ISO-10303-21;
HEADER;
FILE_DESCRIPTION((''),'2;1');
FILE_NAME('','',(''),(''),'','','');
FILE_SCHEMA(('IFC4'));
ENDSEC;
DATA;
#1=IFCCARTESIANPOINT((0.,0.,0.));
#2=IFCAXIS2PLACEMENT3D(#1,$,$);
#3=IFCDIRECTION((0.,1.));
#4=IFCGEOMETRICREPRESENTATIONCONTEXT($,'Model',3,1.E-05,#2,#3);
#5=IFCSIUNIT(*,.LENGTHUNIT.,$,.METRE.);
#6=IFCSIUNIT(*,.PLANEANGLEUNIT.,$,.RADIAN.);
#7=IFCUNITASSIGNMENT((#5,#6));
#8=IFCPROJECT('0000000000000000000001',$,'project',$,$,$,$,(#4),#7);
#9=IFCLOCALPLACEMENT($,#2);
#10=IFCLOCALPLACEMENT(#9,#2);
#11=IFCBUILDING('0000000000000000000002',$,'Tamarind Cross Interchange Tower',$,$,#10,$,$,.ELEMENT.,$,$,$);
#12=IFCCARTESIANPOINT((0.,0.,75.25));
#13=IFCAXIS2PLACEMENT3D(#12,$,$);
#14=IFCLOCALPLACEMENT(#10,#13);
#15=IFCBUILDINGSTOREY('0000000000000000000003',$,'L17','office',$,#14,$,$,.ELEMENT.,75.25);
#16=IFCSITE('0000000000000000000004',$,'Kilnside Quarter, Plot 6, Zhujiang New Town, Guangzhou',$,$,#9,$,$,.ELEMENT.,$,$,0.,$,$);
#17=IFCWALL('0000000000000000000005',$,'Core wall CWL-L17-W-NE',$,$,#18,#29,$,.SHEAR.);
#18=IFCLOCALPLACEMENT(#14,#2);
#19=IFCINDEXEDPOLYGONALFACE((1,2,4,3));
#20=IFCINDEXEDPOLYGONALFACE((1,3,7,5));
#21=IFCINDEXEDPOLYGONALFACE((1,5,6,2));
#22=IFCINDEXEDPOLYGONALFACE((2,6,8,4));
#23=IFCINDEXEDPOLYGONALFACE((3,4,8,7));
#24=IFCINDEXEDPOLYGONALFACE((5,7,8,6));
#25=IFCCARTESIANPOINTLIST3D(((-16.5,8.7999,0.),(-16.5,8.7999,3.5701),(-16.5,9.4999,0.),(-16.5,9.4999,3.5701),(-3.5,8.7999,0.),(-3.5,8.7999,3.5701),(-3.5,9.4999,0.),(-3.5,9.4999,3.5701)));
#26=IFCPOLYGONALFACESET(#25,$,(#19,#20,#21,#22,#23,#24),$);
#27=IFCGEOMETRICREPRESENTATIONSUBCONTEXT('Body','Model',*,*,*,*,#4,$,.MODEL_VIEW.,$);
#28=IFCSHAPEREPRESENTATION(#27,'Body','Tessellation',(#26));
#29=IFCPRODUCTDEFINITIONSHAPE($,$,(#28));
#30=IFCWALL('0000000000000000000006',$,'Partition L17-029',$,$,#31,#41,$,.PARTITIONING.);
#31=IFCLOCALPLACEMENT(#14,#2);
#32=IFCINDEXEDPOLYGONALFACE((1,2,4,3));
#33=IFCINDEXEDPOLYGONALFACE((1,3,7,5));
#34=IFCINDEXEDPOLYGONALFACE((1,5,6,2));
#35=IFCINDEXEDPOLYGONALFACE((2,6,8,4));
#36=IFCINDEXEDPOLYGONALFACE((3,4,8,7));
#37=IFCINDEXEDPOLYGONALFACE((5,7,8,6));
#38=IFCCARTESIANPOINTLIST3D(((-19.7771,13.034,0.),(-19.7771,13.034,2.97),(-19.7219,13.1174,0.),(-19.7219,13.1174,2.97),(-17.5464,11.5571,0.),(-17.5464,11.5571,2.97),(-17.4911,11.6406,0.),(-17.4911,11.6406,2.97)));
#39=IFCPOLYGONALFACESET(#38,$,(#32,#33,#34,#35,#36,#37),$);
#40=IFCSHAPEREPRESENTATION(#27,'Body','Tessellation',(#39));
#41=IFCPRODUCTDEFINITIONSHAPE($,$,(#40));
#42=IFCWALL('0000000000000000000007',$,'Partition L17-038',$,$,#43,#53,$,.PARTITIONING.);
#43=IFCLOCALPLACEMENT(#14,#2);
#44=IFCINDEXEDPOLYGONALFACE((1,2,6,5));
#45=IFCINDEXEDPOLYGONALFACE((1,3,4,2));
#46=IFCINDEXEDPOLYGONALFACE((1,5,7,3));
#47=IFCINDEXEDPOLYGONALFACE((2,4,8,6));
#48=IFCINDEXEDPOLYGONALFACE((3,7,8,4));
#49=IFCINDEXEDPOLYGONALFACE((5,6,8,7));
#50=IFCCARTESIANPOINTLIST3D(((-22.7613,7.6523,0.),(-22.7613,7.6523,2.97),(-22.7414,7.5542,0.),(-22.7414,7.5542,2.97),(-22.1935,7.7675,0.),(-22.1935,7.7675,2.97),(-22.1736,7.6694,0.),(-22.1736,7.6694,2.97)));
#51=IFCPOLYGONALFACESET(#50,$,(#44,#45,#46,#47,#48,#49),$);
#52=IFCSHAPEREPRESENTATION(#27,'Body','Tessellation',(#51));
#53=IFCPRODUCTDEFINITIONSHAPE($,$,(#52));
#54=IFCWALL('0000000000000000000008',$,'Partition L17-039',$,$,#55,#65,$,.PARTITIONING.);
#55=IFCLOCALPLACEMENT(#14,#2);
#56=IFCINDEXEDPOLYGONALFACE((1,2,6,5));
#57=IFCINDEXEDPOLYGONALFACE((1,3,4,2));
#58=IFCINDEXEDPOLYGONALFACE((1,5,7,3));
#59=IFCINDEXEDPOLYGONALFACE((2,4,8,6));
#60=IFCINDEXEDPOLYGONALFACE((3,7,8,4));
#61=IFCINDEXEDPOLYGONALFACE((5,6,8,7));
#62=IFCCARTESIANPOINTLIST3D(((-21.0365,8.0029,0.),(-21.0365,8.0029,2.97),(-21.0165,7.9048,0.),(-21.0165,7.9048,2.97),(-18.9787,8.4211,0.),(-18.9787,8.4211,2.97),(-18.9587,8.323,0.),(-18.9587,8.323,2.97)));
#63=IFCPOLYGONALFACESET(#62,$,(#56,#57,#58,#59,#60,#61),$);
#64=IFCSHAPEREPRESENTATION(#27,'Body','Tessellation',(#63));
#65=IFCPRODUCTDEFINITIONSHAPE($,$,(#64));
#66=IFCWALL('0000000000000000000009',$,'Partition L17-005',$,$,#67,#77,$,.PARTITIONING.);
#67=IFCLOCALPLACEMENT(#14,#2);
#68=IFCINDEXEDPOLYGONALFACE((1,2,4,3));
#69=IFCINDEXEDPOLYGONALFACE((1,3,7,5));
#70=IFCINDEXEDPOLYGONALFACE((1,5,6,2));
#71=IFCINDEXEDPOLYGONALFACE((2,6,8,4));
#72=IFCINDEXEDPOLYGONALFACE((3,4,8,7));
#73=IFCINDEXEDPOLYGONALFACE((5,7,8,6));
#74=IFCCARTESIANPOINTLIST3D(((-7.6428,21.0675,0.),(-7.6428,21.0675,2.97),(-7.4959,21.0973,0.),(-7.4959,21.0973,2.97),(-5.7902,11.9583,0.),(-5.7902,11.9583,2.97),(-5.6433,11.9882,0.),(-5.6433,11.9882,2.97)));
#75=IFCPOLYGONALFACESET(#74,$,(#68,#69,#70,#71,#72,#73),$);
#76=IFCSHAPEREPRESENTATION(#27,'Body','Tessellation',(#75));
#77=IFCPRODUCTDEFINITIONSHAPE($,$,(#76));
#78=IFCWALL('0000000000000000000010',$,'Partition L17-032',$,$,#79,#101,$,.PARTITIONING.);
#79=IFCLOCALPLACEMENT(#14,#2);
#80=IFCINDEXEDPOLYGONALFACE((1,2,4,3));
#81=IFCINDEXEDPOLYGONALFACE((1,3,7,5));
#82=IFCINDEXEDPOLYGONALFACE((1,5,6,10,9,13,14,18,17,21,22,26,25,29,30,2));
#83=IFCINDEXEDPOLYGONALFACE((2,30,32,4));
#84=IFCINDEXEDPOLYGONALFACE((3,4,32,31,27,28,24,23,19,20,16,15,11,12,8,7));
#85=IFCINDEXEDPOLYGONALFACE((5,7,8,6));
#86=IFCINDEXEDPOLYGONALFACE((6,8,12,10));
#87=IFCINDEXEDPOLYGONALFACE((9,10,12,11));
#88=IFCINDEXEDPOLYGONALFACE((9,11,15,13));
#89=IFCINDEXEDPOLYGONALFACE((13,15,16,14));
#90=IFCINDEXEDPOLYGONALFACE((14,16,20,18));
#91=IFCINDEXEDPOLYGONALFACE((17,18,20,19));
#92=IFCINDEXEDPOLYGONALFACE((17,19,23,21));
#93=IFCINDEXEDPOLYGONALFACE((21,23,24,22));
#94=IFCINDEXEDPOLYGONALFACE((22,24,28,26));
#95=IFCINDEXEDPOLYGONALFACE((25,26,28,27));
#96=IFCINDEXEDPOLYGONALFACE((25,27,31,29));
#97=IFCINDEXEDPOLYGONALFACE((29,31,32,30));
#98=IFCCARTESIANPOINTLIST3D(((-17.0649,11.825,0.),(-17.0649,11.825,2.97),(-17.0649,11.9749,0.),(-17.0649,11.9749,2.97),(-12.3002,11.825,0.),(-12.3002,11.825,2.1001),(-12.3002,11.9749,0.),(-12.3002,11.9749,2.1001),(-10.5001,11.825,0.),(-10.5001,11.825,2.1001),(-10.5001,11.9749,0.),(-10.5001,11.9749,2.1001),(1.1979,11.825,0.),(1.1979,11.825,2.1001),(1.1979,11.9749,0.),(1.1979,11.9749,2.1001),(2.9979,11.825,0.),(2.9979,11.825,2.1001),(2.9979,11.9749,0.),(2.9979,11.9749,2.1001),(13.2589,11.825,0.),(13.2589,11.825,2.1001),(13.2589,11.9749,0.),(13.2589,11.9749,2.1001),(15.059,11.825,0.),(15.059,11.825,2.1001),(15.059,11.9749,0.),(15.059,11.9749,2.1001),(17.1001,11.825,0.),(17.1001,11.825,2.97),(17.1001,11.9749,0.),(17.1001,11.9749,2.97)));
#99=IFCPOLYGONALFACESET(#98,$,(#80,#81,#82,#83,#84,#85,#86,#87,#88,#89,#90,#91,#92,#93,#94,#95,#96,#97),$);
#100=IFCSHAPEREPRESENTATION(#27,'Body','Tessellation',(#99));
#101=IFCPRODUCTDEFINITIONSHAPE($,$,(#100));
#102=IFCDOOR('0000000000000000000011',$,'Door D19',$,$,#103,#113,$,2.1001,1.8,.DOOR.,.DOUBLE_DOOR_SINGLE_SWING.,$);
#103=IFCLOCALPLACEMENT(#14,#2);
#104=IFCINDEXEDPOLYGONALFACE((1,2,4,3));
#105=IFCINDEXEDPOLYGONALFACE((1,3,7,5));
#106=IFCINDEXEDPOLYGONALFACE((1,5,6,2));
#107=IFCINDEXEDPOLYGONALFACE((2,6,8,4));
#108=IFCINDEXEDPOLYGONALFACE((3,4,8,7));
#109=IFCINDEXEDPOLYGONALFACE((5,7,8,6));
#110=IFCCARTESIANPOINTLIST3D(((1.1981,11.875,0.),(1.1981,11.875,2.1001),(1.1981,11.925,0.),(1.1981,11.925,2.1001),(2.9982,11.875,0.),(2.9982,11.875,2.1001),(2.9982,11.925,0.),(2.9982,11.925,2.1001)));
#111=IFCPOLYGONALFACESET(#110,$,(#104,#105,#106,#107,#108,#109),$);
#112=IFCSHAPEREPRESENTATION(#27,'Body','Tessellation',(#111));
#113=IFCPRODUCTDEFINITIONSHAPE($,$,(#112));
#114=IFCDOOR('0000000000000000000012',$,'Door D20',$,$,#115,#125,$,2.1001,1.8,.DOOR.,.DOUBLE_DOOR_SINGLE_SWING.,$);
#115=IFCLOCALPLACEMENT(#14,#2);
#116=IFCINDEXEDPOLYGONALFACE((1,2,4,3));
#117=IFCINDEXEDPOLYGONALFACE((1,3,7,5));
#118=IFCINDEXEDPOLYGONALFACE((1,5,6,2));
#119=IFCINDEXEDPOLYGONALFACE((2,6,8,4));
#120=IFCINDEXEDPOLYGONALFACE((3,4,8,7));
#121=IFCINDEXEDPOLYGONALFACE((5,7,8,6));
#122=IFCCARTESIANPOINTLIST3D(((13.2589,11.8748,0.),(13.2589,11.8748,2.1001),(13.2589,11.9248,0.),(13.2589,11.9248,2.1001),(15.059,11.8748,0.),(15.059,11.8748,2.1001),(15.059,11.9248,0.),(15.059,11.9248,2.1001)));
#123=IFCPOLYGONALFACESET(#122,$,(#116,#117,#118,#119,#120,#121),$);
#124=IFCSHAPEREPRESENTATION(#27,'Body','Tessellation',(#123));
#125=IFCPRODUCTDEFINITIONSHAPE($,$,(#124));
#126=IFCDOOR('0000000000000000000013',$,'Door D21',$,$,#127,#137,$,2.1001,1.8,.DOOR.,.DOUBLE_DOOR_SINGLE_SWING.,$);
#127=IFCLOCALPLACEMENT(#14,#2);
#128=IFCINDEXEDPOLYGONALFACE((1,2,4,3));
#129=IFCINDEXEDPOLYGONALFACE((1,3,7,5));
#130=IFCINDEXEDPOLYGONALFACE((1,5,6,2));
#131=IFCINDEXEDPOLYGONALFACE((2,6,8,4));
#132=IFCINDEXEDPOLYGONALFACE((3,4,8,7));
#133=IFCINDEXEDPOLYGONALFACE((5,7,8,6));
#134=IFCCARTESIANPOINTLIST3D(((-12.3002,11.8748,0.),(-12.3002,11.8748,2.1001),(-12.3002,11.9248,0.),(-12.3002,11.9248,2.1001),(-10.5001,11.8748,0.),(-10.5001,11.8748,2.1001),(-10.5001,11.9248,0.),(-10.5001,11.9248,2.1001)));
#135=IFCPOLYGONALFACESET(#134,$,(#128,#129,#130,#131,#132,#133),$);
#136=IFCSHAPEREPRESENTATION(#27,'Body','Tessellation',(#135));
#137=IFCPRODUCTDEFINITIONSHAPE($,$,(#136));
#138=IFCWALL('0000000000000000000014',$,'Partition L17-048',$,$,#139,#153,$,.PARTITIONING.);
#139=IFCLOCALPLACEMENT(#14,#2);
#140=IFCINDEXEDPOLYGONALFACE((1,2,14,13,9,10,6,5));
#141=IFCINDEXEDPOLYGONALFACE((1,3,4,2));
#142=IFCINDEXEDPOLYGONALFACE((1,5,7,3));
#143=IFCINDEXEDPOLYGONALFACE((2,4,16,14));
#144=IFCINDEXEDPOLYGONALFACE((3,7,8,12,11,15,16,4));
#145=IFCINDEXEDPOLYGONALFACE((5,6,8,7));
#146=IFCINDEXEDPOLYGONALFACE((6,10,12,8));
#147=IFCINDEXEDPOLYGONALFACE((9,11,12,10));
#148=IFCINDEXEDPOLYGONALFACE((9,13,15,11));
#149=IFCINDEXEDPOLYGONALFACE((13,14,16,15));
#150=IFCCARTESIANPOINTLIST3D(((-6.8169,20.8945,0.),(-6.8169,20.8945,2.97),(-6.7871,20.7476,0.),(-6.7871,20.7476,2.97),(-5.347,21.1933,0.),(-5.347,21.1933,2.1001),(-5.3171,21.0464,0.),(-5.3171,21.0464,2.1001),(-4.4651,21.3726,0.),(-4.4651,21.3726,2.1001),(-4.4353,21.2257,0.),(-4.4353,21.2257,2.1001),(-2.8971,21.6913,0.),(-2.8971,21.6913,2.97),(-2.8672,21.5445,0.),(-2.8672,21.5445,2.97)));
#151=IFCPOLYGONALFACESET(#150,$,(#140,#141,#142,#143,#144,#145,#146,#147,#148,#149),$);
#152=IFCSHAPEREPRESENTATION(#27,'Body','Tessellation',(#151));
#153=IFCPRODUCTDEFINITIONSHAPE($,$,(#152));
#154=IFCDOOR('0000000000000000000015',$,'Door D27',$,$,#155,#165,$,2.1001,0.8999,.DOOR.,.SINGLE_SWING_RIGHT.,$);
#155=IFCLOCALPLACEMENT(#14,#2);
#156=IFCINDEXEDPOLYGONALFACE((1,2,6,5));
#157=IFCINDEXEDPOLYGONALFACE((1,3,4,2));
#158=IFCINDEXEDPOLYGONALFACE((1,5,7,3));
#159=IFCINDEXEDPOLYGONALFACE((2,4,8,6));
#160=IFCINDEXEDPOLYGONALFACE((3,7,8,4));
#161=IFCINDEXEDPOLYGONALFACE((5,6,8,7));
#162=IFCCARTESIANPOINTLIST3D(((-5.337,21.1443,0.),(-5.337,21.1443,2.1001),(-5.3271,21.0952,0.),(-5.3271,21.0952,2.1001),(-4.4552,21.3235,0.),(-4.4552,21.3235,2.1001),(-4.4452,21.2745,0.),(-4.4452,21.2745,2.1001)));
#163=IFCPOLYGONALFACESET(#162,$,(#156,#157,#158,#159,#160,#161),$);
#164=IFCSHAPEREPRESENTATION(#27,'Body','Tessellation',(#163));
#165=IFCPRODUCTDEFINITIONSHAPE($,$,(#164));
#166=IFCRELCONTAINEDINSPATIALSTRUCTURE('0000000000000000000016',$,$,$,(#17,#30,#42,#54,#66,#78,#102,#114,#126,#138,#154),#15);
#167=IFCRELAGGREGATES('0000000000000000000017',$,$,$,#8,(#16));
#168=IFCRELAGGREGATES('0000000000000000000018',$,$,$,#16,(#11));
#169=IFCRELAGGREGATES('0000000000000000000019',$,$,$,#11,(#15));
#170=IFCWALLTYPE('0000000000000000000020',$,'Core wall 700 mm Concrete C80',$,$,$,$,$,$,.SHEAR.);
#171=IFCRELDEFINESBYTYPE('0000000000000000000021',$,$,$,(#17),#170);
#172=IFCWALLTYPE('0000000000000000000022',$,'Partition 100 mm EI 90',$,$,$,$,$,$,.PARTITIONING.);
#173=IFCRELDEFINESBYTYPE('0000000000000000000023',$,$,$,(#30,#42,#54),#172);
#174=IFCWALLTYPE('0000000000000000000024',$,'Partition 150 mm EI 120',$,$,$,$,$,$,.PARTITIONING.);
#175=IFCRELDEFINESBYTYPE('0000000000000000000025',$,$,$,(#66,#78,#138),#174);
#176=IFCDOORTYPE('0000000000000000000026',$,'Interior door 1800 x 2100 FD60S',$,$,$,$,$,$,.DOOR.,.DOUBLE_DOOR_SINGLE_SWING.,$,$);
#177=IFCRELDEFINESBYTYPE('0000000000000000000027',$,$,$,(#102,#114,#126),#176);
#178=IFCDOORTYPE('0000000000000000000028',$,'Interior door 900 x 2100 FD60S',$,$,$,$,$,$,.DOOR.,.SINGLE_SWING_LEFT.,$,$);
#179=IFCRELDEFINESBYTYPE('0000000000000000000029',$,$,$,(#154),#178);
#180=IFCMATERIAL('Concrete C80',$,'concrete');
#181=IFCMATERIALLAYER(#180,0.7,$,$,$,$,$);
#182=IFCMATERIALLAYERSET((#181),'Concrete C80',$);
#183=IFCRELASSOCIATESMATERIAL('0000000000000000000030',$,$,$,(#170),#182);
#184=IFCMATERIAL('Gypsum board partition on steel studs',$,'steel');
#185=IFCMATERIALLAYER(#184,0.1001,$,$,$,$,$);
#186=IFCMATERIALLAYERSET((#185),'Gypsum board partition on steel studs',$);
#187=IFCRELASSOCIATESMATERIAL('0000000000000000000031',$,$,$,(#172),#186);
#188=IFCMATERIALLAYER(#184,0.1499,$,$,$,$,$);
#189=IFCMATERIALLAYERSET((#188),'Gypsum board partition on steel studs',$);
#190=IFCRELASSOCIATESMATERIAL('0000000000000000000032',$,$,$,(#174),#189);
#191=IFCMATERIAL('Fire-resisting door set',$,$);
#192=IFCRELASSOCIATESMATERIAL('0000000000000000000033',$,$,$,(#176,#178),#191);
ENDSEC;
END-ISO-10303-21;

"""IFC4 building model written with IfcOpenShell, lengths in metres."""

from ifc_helpers import new_model, si_unit, direction, frame, frame_2d, origin, place, context, subcontext, project, spatial, rectangle, extrude, material, layer, layer_set, type_object, element, fill, save


model = new_model("IFC4")

# Units and contexts
model_context = context("Model", 3, precision=1e-05, world=origin(), true_north=direction((0.0, 1.0)))
body_context = subcontext(model_context, "Body", "Model", "MODEL_VIEW")
ifc_project = project(units=[si_unit("LENGTHUNIT", "METRE"), si_unit("PLANEANGLEUNIT", "RADIAN")], contexts=[model_context])

# Site, building, storey
site_placement = place(None, origin())
site = spatial("IfcSite", under=ifc_project, at=site_placement, Name="Kilnside Quarter, Plot 6, Zhujiang New Town, Guangzhou", CompositionType="ELEMENT", RefElevation=0.0)
building_placement = place(site_placement, origin())
building = spatial("IfcBuilding", under=site, at=building_placement, Name="Tamarind Cross Interchange Tower", CompositionType="ELEMENT")
storey_placement = place(building_placement, frame((0.0, 0.0, 75.25)))
storey = spatial("IfcBuildingStorey", under=building, at=storey_placement, Name="L17", Description="office", CompositionType="ELEMENT", Elevation=75.25)

# Walls
ifc_material_1 = material(Name="Concrete C80", Category="concrete")
ifc_layer_1 = layer(ifc_material_1, 0.7)
ifc_layer_set_1 = layer_set([ifc_layer_1], Name="Concrete C80")
wall_type_1 = type_object("IfcWallType", Name="Core wall 700 mm Concrete C80", PredefinedType="SHEAR", material=ifc_layer_set_1)
wall_1_placement = place(storey_placement, frame((-16.5, 9.1499, 0.0), z_axis=(0.0, 0.0, 1.0), x_axis=(1.0, 0.0, 0.0)))
element("IfcWall", 1, at=wall_1_placement, inside=storey, type_object=wall_type_1, Name="Core wall CWL-L17-W-NE", PredefinedType="SHEAR", context=body_context, shape_type="SweptSolid", body=[
    extrude(rectangle(XDim=13.0, YDim=0.7, at=frame_2d((6.5, 0.0))), origin(), (0.0, 0.0, 1.0), 3.5701),
])
ifc_material_2 = material(Name="Gypsum board partition on steel studs", Category="steel")
ifc_layer_2 = layer(ifc_material_2, 0.1001)
ifc_layer_set_2 = layer_set([ifc_layer_2], Name="Gypsum board partition on steel studs")
wall_type_2 = type_object("IfcWallType", Name="Partition 100 mm EI 90", PredefinedType="PARTITIONING", material=ifc_layer_set_2)
wall_2_placement = place(storey_placement, frame((-19.7495, 13.0757, 0.0), z_axis=(0.0, 0.0, 1.0), x_axis=(0.833829, -0.552023, 0.0)))
element("IfcWall", 2, at=wall_2_placement, inside=storey, type_object=wall_type_2, Name="Partition L17-029", PredefinedType="PARTITIONING", context=body_context, shape_type="SweptSolid", body=[
    extrude(rectangle(XDim=2.6753, YDim=0.1001, at=frame_2d((1.3376, 0.0))), origin(), (0.0, 0.0, 1.0), 2.97),
])
wall_3_placement = place(storey_placement, frame((-22.7512, 7.6033, 0.0), z_axis=(0.0, 0.0, 1.0), x_axis=(0.980026, 0.19887, 0.0)))
element("IfcWall", 3, at=wall_3_placement, inside=storey, type_object=wall_type_2, Name="Partition L17-038", PredefinedType="PARTITIONING", context=body_context, shape_type="SweptSolid", body=[
    extrude(rectangle(XDim=0.5793, YDim=0.1001, at=frame_2d((0.2896, 0.0))), origin(), (0.0, 0.0, 1.0), 2.97),
])
wall_4_placement = place(storey_placement, frame((-21.0264, 7.9539, 0.0), z_axis=(0.0, 0.0, 1.0), x_axis=(0.979968, 0.199156, 0.0)))
element("IfcWall", 4, at=wall_4_placement, inside=storey, type_object=wall_type_2, Name="Partition L17-039", PredefinedType="PARTITIONING", context=body_context, shape_type="SweptSolid", body=[
    extrude(rectangle(XDim=2.0999, YDim=0.1001, at=frame_2d((1.0498, 0.0))), origin(), (0.0, 0.0, 1.0), 2.97),
])
ifc_layer_3 = layer(ifc_material_2, 0.1499)
ifc_layer_set_3 = layer_set([ifc_layer_3], Name="Gypsum board partition on steel studs")
wall_type_3 = type_object("IfcWallType", Name="Partition 150 mm EI 120", PredefinedType="PARTITIONING", material=ifc_layer_set_3)
wall_5_placement = place(storey_placement, frame((-7.5693, 21.0825, 0.0), z_axis=(0.0, 0.0, 1.0), x_axis=(0.199292, -0.97994, 0.0)))
element("IfcWall", 5, at=wall_5_placement, inside=storey, type_object=wall_type_3, Name="Partition L17-005", PredefinedType="PARTITIONING", context=body_context, shape_type="SweptSolid", body=[
    extrude(rectangle(XDim=9.2957, YDim=0.1499, at=frame_2d((4.6479, 0.0))), origin(), (0.0, 0.0, 1.0), 2.97),
])

# Wall, openings, doors
wall_6_placement = place(storey_placement, frame((-17.0649, 11.8999, 0.0), z_axis=(0.0, 0.0, 1.0), x_axis=(1.0, 0.0, 0.0)))
wall_6 = element("IfcWall", 6, at=wall_6_placement, inside=storey, type_object=wall_type_3, Name="Partition L17-032", PredefinedType="PARTITIONING", context=body_context, shape_type="SweptSolid", body=[
    extrude(rectangle(XDim=34.165, YDim=0.1499, at=frame_2d((17.0825, 0.0))), origin(), (0.0, 0.0, 1.0), 2.97),
])
opening_1_placement = place(wall_6_placement, frame((18.2629, 0.0, 0.0)))
opening_1 = element("IfcOpeningElement", 7, at=opening_1_placement, cuts=wall_6, PredefinedType="OPENING", context=body_context, shape_type="SweptSolid", body=[
    extrude(rectangle(XDim=1.8, YDim=2.1001, at=frame_2d((0.8999, 1.05))), frame((0.0, 0.085, 0.0), z_axis=(0.0, -1.0, 0.0), x_axis=(1.0, 0.0, 0.0)), (0.0, 0.0, 1.0), 0.1699),
])
opening_2_placement = place(wall_6_placement, frame((30.324, 0.0, 0.0)))
opening_2 = element("IfcOpeningElement", 8, at=opening_2_placement, cuts=wall_6, PredefinedType="OPENING", context=body_context, shape_type="SweptSolid", body=[
    extrude(rectangle(XDim=1.8, YDim=2.1001, at=frame_2d((0.8999, 1.05))), frame((0.0, 0.085, 0.0), z_axis=(0.0, -1.0, 0.0), x_axis=(1.0, 0.0, 0.0)), (0.0, 0.0, 1.0), 0.1699),
])
opening_3_placement = place(wall_6_placement, frame((4.7649, 0.0, 0.0)))
opening_3 = element("IfcOpeningElement", 9, at=opening_3_placement, cuts=wall_6, PredefinedType="OPENING", context=body_context, shape_type="SweptSolid", body=[
    extrude(rectangle(XDim=1.8, YDim=2.1001, at=frame_2d((0.8999, 1.05))), frame((0.0, 0.085, 0.0), z_axis=(0.0, -1.0, 0.0), x_axis=(1.0, 0.0, 0.0)), (0.0, 0.0, 1.0), 0.1699),
])
ifc_material_3 = material(Name="Fire-resisting door set")
door_type_1 = type_object("IfcDoorType", Name="Interior door 1800 x 2100 FD60S", OperationType="DOUBLE_DOOR_SINGLE_SWING", PredefinedType="DOOR", material=ifc_material_3)
door_1_placement = place(opening_1_placement, frame((1.8, 0.0, 0.0), z_axis=(0.0, 0.0, 1.0), x_axis=(-1.0, 0.0, 0.0)))
door_1 = element("IfcDoor", 10, at=door_1_placement, inside=storey, type_object=door_type_1, Name="Door D19", OperationType="DOUBLE_DOOR_SINGLE_SWING", OverallHeight=2.1001, OverallWidth=1.8, PredefinedType="DOOR", context=body_context, shape_type="SweptSolid", body=[
    extrude(rectangle(XDim=1.8, YDim=2.1001, at=frame_2d((0.8999, 1.05))), frame((0.0, 0.0249, 0.0), z_axis=(0.0, -1.0, 0.0), x_axis=(1.0, 0.0, 0.0)), (0.0, 0.0, 1.0), 0.05),
])
fill(opening_1, door_1)
door_2_placement = place(opening_2_placement, origin())
door_2 = element("IfcDoor", 11, at=door_2_placement, inside=storey, type_object=door_type_1, Name="Door D20", OperationType="DOUBLE_DOOR_SINGLE_SWING", OverallHeight=2.1001, OverallWidth=1.8, PredefinedType="DOOR", context=body_context, shape_type="SweptSolid", body=[
    extrude(rectangle(XDim=1.8, YDim=2.1001, at=frame_2d((0.8999, 1.05))), frame((0.0, 0.0249, 0.0), z_axis=(0.0, -1.0, 0.0), x_axis=(1.0, 0.0, 0.0)), (0.0, 0.0, 1.0), 0.05),
])
fill(opening_2, door_2)
door_3_placement = place(opening_3_placement, origin())
door_3 = element("IfcDoor", 12, at=door_3_placement, inside=storey, type_object=door_type_1, Name="Door D21", OperationType="DOUBLE_DOOR_SINGLE_SWING", OverallHeight=2.1001, OverallWidth=1.8, PredefinedType="DOOR", context=body_context, shape_type="SweptSolid", body=[
    extrude(rectangle(XDim=1.8, YDim=2.1001, at=frame_2d((0.8999, 1.05))), frame((0.0, 0.0249, 0.0), z_axis=(0.0, -1.0, 0.0), x_axis=(1.0, 0.0, 0.0)), (0.0, 0.0, 1.0), 0.05),
])
fill(opening_3, door_3)

# Wall, opening, door
wall_7_placement = place(storey_placement, frame((-6.802, 20.821, 0.0), z_axis=(0.0, 0.0, 1.0), x_axis=(0.979956, 0.199214, 0.0)))
wall_7 = element("IfcWall", 13, at=wall_7_placement, inside=storey, type_object=wall_type_3, Name="Partition L17-048", PredefinedType="PARTITIONING", context=body_context, shape_type="SweptSolid", body=[
    extrude(rectangle(XDim=4.0, YDim=0.1499, at=frame_2d((2.0, 0.0))), origin(), (0.0, 0.0, 1.0), 2.97),
])
opening_4_placement = place(wall_7_placement, frame((1.5, 0.0, 0.0)))
opening_4 = element("IfcOpeningElement", 14, at=opening_4_placement, cuts=wall_7, PredefinedType="OPENING", context=body_context, shape_type="SweptSolid", body=[
    extrude(rectangle(XDim=0.8999, YDim=2.1001, at=frame_2d((0.45, 1.05))), frame((0.0, 0.085, 0.0), z_axis=(0.0, -1.0, 0.0), x_axis=(1.0, 0.0, 0.0)), (0.0, 0.0, 1.0), 0.1699),
])
door_type_2 = type_object("IfcDoorType", Name="Interior door 900 x 2100 FD60S", OperationType="SINGLE_SWING_LEFT", PredefinedType="DOOR", material=ifc_material_3)
door_4_placement = place(opening_4_placement, origin())
door_4 = element("IfcDoor", 15, at=door_4_placement, inside=storey, type_object=door_type_2, Name="Door D27", OperationType="SINGLE_SWING_RIGHT", OverallHeight=2.1001, OverallWidth=0.8999, PredefinedType="DOOR", context=body_context, shape_type="SweptSolid", body=[
    extrude(rectangle(XDim=0.8999, YDim=2.1001, at=frame_2d((0.45, 1.05))), frame((0.0, 0.0249, 0.0), z_axis=(0.0, -1.0, 0.0), x_axis=(1.0, 0.0, 0.0)), (0.0, 0.0, 1.0), 0.05),
])
fill(opening_4, door_4)

save(model, "model.ifc")
